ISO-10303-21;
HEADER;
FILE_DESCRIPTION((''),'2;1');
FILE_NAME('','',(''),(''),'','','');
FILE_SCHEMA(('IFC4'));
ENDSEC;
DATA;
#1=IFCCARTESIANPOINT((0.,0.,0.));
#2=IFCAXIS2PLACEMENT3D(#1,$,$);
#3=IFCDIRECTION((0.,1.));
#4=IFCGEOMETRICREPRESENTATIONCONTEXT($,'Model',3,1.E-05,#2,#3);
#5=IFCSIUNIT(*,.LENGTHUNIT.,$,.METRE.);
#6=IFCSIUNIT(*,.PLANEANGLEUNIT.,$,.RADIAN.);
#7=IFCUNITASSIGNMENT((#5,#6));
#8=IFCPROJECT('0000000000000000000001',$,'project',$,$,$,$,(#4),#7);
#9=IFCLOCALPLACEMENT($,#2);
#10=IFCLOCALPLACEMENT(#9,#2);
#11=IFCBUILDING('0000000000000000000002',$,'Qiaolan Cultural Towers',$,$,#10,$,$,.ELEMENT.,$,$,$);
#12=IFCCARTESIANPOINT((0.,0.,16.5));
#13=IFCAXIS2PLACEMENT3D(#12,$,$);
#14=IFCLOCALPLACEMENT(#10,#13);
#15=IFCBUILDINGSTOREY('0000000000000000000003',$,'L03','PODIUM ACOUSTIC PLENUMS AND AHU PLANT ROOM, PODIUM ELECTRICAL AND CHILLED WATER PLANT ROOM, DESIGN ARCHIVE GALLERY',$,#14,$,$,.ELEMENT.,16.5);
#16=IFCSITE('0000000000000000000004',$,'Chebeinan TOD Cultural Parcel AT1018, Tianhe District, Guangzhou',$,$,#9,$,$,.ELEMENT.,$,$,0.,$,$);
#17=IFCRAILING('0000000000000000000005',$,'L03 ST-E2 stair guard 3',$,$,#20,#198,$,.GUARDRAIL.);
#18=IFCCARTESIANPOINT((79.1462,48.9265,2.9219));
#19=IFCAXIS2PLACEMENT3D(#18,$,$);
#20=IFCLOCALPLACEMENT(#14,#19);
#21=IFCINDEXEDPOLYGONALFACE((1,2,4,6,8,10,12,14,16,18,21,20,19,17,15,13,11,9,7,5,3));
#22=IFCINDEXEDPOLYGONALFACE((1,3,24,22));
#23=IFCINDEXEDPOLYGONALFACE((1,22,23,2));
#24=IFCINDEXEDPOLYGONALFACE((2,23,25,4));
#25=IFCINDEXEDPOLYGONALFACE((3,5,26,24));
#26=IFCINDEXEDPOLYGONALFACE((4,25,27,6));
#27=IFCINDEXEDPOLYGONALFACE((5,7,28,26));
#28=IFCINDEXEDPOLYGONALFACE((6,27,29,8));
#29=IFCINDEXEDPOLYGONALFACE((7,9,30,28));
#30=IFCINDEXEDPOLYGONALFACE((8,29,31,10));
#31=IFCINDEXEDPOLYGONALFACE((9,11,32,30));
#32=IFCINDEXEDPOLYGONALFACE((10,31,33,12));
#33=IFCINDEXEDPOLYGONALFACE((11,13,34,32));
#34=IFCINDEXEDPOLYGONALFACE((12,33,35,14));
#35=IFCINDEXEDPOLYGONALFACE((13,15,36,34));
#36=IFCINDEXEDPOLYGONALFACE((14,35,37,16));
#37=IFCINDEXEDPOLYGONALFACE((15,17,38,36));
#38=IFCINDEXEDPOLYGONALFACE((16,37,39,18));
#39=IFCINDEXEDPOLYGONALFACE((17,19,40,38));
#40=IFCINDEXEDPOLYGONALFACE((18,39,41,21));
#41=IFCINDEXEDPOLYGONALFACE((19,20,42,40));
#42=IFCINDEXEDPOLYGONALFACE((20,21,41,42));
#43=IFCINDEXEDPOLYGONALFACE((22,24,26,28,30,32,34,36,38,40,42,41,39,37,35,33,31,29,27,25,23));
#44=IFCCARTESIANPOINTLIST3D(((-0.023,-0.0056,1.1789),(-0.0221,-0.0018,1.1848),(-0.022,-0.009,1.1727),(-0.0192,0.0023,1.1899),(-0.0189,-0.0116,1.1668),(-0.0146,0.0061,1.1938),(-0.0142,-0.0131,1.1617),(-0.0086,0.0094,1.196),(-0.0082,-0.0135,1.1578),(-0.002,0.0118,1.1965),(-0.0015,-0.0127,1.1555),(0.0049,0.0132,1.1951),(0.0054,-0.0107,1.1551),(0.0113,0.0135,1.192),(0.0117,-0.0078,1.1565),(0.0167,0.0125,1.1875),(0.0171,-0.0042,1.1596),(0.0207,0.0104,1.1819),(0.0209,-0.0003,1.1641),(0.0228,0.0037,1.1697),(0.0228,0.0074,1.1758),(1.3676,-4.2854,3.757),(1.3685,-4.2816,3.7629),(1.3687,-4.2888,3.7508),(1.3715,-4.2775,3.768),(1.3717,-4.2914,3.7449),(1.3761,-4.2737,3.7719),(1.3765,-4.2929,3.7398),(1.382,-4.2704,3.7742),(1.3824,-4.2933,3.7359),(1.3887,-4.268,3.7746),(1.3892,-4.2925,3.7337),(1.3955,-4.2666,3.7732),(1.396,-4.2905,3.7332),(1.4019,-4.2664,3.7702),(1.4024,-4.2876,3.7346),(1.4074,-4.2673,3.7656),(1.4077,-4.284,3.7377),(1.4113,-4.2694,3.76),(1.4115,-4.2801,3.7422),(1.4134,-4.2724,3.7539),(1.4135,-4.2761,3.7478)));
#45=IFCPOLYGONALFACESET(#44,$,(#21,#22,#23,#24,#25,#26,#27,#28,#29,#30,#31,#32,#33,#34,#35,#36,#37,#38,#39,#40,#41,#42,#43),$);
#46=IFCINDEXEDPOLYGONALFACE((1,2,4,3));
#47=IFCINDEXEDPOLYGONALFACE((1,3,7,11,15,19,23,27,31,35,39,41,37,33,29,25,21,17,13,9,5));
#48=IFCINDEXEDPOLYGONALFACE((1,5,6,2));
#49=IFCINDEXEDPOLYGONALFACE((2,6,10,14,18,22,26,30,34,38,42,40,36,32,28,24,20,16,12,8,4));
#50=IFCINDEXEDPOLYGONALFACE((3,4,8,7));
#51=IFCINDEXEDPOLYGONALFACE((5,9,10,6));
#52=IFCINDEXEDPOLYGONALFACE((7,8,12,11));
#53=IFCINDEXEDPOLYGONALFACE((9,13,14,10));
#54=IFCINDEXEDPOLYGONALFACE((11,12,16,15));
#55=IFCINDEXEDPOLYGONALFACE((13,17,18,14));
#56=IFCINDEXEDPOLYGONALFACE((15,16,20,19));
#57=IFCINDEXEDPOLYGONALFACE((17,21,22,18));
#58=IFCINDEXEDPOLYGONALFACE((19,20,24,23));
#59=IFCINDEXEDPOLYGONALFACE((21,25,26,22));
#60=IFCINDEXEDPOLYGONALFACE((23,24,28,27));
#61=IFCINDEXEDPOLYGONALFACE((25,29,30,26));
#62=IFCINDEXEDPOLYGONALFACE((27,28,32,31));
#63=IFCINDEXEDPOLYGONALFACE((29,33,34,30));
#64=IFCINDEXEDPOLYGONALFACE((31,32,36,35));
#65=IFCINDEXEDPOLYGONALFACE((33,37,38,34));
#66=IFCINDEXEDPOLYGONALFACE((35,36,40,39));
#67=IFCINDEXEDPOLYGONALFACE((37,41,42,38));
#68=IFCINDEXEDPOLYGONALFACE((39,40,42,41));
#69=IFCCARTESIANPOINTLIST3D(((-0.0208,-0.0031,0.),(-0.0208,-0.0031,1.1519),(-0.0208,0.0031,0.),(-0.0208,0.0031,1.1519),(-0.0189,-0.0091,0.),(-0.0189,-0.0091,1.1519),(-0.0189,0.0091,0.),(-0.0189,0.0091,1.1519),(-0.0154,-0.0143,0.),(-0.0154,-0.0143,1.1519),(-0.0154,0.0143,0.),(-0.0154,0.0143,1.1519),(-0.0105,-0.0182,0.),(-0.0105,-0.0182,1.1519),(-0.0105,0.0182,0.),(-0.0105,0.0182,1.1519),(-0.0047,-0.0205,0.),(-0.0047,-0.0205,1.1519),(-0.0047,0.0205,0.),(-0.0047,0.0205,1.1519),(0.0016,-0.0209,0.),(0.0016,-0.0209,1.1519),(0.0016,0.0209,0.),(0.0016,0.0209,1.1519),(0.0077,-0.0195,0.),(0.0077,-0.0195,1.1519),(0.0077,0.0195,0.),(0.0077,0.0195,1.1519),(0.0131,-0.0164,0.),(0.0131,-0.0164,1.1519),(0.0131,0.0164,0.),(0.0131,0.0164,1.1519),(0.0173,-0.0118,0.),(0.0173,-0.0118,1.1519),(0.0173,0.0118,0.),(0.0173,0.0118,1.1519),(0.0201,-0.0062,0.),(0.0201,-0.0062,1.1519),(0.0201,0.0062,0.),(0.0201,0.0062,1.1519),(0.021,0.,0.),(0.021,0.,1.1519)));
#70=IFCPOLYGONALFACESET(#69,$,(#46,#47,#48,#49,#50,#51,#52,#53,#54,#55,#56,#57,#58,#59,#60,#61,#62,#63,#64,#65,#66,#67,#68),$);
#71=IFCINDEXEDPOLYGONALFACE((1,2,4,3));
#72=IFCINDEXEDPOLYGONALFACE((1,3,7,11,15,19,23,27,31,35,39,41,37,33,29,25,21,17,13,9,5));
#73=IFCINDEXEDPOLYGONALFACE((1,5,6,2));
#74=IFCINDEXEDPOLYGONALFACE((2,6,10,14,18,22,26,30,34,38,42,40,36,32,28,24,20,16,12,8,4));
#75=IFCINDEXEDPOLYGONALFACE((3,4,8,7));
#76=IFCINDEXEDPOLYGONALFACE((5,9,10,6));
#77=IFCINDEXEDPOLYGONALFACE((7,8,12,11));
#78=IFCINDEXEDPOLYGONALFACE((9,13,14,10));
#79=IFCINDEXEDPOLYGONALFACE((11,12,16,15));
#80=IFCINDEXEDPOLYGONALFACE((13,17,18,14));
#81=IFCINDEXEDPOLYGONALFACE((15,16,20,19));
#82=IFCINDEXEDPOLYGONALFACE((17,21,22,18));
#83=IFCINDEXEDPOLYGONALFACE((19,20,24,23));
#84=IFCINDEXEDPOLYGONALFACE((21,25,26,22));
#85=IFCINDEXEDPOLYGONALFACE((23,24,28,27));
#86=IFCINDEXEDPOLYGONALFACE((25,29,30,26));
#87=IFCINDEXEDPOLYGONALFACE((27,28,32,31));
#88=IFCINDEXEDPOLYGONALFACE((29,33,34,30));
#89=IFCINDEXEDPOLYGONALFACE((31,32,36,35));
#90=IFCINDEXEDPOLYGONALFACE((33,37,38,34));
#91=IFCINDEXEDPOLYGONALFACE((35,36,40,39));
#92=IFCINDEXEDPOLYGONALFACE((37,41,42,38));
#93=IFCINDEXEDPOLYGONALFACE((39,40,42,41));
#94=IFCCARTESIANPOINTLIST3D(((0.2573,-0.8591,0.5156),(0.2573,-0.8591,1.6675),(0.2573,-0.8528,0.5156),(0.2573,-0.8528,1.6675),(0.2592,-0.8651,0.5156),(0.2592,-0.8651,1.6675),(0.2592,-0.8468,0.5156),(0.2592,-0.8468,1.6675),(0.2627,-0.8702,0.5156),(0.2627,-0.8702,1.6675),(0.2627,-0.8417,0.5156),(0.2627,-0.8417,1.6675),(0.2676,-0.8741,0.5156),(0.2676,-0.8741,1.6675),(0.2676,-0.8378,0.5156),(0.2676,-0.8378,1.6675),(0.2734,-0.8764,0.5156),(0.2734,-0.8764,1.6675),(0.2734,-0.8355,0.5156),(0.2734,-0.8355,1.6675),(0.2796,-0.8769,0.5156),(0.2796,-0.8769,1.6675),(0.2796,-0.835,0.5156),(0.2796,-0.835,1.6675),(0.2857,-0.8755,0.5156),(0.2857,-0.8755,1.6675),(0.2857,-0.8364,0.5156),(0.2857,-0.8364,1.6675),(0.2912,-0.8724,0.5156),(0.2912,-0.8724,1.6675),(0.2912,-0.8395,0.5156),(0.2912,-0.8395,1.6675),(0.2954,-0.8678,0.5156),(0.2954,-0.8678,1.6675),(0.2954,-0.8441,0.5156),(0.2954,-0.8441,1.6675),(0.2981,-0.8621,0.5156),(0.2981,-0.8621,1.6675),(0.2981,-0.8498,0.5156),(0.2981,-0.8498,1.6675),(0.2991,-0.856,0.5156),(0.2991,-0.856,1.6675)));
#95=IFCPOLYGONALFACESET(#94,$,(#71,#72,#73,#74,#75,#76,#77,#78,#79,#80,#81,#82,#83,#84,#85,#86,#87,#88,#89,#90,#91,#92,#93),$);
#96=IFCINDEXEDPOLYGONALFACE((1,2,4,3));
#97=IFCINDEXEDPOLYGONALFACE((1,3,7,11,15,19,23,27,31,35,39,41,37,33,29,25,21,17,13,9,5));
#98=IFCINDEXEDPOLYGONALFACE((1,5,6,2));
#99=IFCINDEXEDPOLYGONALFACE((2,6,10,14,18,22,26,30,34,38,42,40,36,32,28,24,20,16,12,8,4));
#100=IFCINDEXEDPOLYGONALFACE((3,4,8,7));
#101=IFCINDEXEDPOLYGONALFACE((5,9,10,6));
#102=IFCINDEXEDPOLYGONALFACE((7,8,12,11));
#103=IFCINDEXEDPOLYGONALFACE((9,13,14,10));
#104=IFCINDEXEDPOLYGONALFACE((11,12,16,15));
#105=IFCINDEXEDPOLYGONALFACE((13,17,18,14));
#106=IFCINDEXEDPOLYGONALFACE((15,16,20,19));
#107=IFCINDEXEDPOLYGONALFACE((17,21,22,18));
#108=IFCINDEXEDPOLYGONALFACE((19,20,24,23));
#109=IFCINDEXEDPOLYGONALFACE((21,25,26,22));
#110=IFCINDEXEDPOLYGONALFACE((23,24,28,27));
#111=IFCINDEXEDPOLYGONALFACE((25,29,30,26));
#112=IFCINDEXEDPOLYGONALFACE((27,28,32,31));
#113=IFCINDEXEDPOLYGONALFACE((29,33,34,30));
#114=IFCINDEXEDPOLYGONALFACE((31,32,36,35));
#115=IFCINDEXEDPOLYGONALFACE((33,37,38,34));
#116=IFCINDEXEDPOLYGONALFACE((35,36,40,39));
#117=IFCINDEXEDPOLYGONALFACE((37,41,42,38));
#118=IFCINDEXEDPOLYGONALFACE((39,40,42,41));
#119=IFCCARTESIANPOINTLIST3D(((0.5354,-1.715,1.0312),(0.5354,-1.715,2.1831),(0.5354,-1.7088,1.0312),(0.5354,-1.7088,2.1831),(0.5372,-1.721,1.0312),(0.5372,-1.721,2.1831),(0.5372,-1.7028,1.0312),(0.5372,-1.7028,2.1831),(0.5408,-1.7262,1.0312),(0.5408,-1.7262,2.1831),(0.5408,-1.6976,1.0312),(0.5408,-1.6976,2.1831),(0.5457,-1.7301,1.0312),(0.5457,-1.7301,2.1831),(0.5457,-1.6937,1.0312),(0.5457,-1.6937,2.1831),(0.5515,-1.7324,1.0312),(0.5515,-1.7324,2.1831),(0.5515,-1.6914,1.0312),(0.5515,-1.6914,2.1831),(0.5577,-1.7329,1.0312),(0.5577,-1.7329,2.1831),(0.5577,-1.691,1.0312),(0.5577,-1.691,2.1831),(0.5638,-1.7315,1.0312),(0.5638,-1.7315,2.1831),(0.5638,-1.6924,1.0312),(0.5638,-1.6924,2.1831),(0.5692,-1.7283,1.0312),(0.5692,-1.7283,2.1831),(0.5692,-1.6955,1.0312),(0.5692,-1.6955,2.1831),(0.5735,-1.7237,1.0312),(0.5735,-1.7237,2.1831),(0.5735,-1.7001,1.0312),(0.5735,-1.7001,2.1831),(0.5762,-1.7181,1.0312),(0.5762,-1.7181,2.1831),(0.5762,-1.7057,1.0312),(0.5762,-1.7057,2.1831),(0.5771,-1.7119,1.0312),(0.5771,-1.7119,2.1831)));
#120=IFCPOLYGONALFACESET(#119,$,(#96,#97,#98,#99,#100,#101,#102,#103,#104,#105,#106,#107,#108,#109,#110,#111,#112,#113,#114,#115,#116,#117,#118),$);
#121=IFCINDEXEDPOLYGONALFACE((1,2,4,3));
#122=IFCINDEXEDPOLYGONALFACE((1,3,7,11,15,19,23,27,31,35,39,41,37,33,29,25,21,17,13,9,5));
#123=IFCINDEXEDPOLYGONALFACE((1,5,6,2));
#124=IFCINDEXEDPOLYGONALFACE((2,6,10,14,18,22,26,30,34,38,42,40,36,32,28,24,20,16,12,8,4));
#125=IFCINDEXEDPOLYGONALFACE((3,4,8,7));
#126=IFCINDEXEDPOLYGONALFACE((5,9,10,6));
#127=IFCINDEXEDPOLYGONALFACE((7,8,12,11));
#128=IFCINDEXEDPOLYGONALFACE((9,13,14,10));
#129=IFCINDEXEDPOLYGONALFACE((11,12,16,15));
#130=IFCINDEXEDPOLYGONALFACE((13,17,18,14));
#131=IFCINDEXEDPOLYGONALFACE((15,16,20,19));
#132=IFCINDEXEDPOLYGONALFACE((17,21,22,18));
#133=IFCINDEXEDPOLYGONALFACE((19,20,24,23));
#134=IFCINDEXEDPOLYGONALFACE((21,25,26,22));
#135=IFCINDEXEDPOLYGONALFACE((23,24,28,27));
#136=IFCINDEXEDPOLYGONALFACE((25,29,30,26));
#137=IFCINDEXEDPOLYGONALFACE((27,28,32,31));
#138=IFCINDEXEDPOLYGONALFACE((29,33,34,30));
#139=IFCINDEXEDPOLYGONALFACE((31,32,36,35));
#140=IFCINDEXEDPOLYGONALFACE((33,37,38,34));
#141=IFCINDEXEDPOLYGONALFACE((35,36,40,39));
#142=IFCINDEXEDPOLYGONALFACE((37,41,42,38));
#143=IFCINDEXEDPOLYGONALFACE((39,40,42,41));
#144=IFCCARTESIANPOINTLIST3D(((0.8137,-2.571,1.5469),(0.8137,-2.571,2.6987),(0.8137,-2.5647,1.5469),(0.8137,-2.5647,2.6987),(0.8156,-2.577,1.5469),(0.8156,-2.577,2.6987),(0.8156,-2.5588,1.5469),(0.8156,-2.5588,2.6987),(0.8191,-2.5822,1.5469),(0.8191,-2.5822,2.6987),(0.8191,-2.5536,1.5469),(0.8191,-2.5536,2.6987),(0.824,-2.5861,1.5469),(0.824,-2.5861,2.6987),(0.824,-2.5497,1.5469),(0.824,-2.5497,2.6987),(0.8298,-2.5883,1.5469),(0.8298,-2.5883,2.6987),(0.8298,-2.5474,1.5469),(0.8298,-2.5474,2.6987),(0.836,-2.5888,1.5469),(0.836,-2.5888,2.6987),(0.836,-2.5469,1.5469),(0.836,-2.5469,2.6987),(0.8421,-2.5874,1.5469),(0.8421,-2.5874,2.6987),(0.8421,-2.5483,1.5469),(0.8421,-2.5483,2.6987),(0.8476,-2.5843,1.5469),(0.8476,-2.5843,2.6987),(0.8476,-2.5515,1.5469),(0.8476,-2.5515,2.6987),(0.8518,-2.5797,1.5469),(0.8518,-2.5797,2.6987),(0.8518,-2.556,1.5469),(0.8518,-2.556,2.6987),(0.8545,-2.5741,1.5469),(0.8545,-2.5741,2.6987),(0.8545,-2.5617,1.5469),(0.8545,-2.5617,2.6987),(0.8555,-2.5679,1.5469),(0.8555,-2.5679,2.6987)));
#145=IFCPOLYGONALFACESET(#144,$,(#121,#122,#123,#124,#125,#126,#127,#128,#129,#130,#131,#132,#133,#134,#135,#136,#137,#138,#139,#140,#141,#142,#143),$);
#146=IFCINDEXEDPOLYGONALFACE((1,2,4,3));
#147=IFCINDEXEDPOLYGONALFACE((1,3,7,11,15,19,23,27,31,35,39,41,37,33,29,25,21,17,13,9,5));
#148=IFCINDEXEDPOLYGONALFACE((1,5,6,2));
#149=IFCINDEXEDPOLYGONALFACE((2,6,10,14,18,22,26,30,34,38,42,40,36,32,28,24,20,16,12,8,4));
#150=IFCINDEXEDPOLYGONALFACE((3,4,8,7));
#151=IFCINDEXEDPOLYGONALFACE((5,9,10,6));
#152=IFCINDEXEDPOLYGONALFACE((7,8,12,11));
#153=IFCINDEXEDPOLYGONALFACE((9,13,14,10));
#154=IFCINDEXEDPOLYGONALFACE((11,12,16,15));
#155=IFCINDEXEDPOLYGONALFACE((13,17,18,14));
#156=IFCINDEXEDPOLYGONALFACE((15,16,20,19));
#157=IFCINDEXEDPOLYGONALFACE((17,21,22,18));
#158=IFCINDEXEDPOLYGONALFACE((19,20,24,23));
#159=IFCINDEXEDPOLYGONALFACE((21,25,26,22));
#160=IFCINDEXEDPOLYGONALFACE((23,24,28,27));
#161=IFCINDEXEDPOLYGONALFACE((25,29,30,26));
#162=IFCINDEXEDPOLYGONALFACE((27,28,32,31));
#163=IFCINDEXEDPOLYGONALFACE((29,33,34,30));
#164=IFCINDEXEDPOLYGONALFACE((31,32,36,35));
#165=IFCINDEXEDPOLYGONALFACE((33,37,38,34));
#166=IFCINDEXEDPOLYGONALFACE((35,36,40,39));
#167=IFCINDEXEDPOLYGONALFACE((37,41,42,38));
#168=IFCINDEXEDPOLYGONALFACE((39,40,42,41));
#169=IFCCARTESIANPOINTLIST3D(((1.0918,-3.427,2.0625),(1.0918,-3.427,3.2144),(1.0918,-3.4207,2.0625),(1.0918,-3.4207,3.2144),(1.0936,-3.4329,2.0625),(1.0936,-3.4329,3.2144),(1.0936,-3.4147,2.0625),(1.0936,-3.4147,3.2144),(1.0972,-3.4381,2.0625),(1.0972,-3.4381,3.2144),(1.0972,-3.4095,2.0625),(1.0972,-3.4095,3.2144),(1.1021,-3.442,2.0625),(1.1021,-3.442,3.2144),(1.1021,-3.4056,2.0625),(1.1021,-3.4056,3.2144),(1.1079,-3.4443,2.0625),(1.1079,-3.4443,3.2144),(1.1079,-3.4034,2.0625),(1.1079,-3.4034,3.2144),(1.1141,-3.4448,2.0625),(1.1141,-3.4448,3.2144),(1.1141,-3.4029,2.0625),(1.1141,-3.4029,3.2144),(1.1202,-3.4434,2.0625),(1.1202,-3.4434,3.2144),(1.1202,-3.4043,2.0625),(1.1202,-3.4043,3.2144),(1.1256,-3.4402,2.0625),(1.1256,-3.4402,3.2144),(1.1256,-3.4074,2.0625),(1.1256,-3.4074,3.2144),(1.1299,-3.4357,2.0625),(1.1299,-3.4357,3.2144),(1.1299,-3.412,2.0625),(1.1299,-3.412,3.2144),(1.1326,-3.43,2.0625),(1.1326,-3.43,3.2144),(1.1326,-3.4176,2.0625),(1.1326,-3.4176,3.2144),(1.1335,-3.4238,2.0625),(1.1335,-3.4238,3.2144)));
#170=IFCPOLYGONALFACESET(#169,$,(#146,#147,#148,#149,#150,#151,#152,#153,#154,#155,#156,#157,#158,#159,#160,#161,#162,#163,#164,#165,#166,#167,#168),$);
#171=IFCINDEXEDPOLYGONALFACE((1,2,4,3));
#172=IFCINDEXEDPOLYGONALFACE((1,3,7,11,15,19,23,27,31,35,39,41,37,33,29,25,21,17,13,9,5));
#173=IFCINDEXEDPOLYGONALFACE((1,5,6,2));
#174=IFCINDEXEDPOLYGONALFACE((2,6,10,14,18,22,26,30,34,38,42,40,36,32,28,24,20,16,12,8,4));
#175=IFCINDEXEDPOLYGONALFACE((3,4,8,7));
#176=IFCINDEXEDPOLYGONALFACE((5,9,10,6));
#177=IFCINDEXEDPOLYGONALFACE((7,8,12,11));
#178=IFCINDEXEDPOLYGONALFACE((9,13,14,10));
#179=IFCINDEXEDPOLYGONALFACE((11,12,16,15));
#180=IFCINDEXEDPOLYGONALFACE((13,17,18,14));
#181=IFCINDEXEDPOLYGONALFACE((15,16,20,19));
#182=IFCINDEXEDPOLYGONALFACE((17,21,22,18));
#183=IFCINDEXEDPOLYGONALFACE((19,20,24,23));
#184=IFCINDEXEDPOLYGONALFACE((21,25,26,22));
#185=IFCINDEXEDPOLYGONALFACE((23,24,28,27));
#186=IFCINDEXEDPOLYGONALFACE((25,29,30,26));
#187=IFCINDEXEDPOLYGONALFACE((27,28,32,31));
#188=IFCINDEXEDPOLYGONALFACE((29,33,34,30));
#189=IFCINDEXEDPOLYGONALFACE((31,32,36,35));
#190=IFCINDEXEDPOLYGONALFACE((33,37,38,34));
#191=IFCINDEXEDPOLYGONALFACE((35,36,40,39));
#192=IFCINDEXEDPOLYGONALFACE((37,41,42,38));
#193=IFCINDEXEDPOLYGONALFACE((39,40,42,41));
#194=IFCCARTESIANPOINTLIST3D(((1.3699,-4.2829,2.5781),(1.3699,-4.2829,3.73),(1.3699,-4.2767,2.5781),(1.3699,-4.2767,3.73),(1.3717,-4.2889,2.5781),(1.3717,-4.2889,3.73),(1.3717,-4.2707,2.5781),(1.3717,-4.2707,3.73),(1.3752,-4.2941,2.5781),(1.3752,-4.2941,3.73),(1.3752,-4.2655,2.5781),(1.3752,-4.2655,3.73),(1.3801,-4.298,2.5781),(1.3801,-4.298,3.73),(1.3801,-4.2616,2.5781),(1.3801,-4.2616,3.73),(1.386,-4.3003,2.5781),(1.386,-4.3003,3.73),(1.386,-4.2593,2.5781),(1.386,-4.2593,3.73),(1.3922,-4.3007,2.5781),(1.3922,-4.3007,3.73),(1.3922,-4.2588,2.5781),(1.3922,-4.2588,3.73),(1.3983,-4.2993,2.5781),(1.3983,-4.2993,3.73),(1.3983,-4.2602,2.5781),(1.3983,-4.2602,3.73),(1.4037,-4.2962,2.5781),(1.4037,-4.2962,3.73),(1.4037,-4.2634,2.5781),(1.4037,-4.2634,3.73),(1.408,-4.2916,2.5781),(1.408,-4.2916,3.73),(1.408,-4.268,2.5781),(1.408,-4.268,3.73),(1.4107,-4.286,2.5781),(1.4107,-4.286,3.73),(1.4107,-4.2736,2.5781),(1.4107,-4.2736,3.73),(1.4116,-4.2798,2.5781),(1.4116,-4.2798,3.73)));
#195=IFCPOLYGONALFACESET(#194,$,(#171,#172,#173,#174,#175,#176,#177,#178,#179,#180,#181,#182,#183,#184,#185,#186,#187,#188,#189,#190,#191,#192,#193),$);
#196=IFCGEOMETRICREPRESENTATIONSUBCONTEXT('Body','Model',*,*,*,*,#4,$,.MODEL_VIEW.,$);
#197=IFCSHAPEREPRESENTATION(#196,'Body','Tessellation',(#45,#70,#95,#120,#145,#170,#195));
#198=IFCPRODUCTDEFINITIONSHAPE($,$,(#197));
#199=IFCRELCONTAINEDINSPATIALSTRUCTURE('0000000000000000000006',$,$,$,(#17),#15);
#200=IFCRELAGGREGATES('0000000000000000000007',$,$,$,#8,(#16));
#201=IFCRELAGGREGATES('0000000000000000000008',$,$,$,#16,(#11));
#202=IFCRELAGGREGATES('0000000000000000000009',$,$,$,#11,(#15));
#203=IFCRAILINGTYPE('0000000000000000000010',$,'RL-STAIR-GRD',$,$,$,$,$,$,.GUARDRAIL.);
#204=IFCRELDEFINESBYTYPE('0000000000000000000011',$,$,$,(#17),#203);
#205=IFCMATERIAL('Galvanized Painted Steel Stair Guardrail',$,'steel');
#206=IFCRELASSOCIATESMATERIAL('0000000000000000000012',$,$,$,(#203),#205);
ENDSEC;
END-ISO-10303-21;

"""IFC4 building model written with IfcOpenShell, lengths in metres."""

from ifc_helpers import new_model, si_unit, direction, frame, origin, origin_2d, place, context, subcontext, project, spatial, circle, extrude, material, type_object, element, save


model = new_model("IFC4")

# Units and contexts
model_context = context("Model", 3, precision=1e-05, world=origin(), true_north=direction((0.0, 1.0)))
body_context = subcontext(model_context, "Body", "Model", "MODEL_VIEW")
ifc_project = project(units=[si_unit("LENGTHUNIT", "METRE"), si_unit("PLANEANGLEUNIT", "RADIAN")], contexts=[model_context])

# Site, building, storey
site_placement = place(None, origin())
site = spatial("IfcSite", under=ifc_project, at=site_placement, Name="Chebeinan TOD Cultural Parcel AT1018, Tianhe District, Guangzhou", CompositionType="ELEMENT", RefElevation=0.0)
building_placement = place(site_placement, origin())
building = spatial("IfcBuilding", under=site, at=building_placement, Name="Qiaolan Cultural Towers", CompositionType="ELEMENT")
storey_placement = place(building_placement, frame((0.0, 0.0, 16.5)))
storey = spatial("IfcBuildingStorey", under=building, at=storey_placement, Name="L03", Description="PODIUM ACOUSTIC PLENUMS AND AHU PLANT ROOM, PODIUM ELECTRICAL AND CHILLED WATER PLANT ROOM, DESIGN ARCHIVE GALLERY", CompositionType="ELEMENT", Elevation=16.5)

# Railing
ifc_material_1 = material(Name="Galvanized Painted Steel Stair Guardrail", Category="steel")
railing_type_1 = type_object("IfcRailingType", Name="RL-STAIR-GRD", PredefinedType="GUARDRAIL", material=ifc_material_1)
railing_1_placement = place(storey_placement, frame((79.1462, 48.9265, 2.9219)))
element("IfcRailing", 1, at=railing_1_placement, inside=storey, type_object=railing_type_1, Name="L03 ST-E2 stair guard 3", PredefinedType="GUARDRAIL", context=body_context, shape_type="SweptSolid", body=[
    extrude(circle(Radius=0.0239, at=origin_2d()), frame((0.0, 0.0, 1.1758), z_axis=(0.268137, -0.825219, 0.497108), x_axis=(0.951054, 0.309025, 0.0)), (0.0, 0.0, 1.0), 5.1863),
    extrude(circle(Radius=0.021, at=origin_2d()), origin(), (0.0, 0.0, 1.0), 1.1519),
    extrude(circle(Radius=0.021, at=origin_2d()), frame((0.2781, -0.856, 0.5156)), (0.0, 0.0, 1.0), 1.1519),
    extrude(circle(Radius=0.021, at=origin_2d()), frame((0.5562, -1.7119, 1.0312)), (0.0, 0.0, 1.0), 1.1519),
    extrude(circle(Radius=0.021, at=origin_2d()), frame((0.8345, -2.5679, 1.5469)), (0.0, 0.0, 1.0), 1.1519),
    extrude(circle(Radius=0.021, at=origin_2d()), frame((1.1125, -3.4238, 2.0625)), (0.0, 0.0, 1.0), 1.1519),
    extrude(circle(Radius=0.021, at=origin_2d()), frame((1.3906, -4.2798, 2.5781)), (0.0, 0.0, 1.0), 1.1519),
])

save(model, "model.ifc")
